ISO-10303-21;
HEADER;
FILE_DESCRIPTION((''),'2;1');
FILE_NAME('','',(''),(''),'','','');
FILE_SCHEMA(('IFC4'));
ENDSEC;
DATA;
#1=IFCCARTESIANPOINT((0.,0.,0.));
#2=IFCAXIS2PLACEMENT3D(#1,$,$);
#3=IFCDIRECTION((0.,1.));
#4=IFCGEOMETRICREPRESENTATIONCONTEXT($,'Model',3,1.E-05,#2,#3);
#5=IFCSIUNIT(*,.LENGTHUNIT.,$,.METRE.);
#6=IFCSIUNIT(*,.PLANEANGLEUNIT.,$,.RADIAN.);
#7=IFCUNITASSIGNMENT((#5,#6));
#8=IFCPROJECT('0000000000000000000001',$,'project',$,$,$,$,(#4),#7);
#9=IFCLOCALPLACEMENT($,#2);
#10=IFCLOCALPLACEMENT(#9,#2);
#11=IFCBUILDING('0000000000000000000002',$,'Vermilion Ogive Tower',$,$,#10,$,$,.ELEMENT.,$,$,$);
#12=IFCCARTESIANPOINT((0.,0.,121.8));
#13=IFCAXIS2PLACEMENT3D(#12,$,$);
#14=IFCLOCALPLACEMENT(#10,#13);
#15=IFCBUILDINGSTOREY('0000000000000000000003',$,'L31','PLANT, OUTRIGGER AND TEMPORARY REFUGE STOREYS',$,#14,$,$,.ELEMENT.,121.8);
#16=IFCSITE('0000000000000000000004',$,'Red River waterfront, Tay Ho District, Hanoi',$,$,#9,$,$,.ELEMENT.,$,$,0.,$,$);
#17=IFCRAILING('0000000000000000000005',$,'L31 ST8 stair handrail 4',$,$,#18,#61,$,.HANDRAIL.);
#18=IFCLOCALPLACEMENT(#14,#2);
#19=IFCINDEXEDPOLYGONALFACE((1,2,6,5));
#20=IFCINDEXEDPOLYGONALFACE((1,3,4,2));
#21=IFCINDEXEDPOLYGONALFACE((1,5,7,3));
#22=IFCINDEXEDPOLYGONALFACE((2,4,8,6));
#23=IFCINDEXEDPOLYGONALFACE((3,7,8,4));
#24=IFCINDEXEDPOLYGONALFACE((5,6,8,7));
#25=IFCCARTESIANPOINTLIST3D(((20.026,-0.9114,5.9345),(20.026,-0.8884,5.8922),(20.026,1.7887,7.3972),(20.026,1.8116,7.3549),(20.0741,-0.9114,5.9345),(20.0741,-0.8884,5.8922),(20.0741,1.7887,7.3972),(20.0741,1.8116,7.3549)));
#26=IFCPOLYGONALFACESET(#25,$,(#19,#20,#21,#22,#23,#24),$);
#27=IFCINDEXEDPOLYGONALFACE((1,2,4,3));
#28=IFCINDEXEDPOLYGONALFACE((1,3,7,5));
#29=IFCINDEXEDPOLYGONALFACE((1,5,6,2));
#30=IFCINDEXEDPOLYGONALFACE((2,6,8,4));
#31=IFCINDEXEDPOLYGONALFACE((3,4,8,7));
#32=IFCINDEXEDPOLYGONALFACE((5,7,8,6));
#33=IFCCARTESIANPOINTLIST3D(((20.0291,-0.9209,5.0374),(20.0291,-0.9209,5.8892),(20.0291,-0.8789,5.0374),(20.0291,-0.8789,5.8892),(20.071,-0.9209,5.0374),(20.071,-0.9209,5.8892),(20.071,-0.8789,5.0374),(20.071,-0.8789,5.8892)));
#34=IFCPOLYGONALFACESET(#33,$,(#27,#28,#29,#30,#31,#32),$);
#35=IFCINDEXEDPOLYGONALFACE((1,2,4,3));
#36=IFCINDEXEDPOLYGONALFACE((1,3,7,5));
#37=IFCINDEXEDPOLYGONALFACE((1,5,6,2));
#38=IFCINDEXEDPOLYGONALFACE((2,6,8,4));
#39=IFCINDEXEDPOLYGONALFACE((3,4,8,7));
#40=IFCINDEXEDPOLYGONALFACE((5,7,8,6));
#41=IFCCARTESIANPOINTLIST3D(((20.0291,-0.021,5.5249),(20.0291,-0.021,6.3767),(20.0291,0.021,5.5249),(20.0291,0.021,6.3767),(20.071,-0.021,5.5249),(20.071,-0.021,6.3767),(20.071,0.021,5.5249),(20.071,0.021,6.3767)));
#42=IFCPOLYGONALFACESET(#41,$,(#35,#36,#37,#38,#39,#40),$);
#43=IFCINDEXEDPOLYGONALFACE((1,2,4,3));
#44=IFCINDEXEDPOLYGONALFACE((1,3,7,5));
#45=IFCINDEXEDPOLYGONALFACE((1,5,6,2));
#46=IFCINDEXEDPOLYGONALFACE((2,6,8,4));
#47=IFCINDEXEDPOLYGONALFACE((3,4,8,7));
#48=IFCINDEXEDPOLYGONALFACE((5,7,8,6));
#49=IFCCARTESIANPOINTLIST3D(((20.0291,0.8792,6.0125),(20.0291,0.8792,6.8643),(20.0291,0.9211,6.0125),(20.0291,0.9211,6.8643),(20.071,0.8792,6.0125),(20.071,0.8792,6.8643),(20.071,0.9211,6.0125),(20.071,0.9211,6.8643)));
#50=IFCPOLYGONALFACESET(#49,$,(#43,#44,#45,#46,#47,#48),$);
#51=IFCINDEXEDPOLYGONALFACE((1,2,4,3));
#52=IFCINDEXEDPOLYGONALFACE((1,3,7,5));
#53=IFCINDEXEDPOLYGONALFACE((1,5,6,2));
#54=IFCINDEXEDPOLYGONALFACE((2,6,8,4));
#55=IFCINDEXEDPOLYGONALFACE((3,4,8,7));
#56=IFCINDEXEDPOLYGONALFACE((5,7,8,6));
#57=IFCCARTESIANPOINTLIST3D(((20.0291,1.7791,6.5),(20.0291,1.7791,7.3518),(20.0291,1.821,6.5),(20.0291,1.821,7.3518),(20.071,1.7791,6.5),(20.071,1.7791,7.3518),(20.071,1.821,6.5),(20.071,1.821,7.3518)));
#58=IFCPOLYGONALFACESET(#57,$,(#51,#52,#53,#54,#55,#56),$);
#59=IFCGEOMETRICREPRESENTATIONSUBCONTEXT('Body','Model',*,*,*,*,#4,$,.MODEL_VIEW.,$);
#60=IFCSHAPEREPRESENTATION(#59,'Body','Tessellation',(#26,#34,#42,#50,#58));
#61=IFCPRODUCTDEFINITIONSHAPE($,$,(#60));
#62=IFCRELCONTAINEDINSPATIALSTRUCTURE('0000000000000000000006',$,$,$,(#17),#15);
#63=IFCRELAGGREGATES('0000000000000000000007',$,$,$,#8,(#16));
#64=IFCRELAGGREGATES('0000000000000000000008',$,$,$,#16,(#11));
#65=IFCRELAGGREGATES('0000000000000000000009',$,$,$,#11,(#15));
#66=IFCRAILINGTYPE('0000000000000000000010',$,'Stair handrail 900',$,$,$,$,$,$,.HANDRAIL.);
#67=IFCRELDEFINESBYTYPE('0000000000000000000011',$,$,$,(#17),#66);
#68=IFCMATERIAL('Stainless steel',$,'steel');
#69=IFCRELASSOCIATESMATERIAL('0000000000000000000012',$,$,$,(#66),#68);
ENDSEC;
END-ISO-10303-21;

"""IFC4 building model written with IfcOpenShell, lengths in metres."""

from ifc_helpers import new_model, si_unit, direction, frame, origin, origin_2d, place, context, subcontext, project, spatial, rectangle, extrude, material, type_object, element, save


model = new_model("IFC4")

# Units and contexts
model_context = context("Model", 3, precision=1e-05, world=origin(), true_north=direction((0.0, 1.0)))
body_context = subcontext(model_context, "Body", "Model", "MODEL_VIEW")
ifc_project = project(units=[si_unit("LENGTHUNIT", "METRE"), si_unit("PLANEANGLEUNIT", "RADIAN")], contexts=[model_context])

# Site, building, storey
site_placement = place(None, origin())
site = spatial("IfcSite", under=ifc_project, at=site_placement, Name="Red River waterfront, Tay Ho District, Hanoi", CompositionType="ELEMENT", RefElevation=0.0)
building_placement = place(site_placement, origin())
building = spatial("IfcBuilding", under=site, at=building_placement, Name="Vermilion Ogive Tower", CompositionType="ELEMENT")
storey_placement = place(building_placement, frame((0.0, 0.0, 121.8)))
storey = spatial("IfcBuildingStorey", under=building, at=storey_placement, Name="L31", Description="PLANT, OUTRIGGER AND TEMPORARY REFUGE STOREYS", CompositionType="ELEMENT", Elevation=121.8)

# Railing
ifc_material_1 = material(Name="Stainless steel", Category="steel")
railing_type_1 = type_object("IfcRailingType", Name="Stair handrail 900", PredefinedType="HANDRAIL", material=ifc_material_1)
railing_1_placement = place(storey_placement, frame((20.05, -0.8999, 5.0374)))
element("IfcRailing", 1, at=railing_1_placement, inside=storey, type_object=railing_type_1, Name="L31 ST8 stair handrail 4", PredefinedType="HANDRAIL", context=body_context, shape_type="SweptSolid", body=[
    extrude(rectangle(XDim=0.0481, YDim=0.0481, at=origin_2d()), frame((0.0, 0.0, 0.876), z_axis=(0.0, 0.879268, 0.476327), x_axis=(-1.0, 0.0, 0.0)), (0.0, 0.0, 1.0), 3.0708),
    extrude(rectangle(XDim=0.042, YDim=0.042, at=origin_2d()), origin(), (0.0, 0.0, 1.0), 0.8518),
    extrude(rectangle(XDim=0.042, YDim=0.042, at=origin_2d()), frame((0.0, 0.8999, 0.4875)), (0.0, 0.0, 1.0), 0.8518),
    extrude(rectangle(XDim=0.042, YDim=0.042, at=origin_2d()), frame((0.0, 1.8, 0.9751)), (0.0, 0.0, 1.0), 0.8518),
    extrude(rectangle(XDim=0.042, YDim=0.042, at=origin_2d()), frame((0.0, 2.7, 1.4626)), (0.0, 0.0, 1.0), 0.8518),
])

save(model, "model.ifc")
